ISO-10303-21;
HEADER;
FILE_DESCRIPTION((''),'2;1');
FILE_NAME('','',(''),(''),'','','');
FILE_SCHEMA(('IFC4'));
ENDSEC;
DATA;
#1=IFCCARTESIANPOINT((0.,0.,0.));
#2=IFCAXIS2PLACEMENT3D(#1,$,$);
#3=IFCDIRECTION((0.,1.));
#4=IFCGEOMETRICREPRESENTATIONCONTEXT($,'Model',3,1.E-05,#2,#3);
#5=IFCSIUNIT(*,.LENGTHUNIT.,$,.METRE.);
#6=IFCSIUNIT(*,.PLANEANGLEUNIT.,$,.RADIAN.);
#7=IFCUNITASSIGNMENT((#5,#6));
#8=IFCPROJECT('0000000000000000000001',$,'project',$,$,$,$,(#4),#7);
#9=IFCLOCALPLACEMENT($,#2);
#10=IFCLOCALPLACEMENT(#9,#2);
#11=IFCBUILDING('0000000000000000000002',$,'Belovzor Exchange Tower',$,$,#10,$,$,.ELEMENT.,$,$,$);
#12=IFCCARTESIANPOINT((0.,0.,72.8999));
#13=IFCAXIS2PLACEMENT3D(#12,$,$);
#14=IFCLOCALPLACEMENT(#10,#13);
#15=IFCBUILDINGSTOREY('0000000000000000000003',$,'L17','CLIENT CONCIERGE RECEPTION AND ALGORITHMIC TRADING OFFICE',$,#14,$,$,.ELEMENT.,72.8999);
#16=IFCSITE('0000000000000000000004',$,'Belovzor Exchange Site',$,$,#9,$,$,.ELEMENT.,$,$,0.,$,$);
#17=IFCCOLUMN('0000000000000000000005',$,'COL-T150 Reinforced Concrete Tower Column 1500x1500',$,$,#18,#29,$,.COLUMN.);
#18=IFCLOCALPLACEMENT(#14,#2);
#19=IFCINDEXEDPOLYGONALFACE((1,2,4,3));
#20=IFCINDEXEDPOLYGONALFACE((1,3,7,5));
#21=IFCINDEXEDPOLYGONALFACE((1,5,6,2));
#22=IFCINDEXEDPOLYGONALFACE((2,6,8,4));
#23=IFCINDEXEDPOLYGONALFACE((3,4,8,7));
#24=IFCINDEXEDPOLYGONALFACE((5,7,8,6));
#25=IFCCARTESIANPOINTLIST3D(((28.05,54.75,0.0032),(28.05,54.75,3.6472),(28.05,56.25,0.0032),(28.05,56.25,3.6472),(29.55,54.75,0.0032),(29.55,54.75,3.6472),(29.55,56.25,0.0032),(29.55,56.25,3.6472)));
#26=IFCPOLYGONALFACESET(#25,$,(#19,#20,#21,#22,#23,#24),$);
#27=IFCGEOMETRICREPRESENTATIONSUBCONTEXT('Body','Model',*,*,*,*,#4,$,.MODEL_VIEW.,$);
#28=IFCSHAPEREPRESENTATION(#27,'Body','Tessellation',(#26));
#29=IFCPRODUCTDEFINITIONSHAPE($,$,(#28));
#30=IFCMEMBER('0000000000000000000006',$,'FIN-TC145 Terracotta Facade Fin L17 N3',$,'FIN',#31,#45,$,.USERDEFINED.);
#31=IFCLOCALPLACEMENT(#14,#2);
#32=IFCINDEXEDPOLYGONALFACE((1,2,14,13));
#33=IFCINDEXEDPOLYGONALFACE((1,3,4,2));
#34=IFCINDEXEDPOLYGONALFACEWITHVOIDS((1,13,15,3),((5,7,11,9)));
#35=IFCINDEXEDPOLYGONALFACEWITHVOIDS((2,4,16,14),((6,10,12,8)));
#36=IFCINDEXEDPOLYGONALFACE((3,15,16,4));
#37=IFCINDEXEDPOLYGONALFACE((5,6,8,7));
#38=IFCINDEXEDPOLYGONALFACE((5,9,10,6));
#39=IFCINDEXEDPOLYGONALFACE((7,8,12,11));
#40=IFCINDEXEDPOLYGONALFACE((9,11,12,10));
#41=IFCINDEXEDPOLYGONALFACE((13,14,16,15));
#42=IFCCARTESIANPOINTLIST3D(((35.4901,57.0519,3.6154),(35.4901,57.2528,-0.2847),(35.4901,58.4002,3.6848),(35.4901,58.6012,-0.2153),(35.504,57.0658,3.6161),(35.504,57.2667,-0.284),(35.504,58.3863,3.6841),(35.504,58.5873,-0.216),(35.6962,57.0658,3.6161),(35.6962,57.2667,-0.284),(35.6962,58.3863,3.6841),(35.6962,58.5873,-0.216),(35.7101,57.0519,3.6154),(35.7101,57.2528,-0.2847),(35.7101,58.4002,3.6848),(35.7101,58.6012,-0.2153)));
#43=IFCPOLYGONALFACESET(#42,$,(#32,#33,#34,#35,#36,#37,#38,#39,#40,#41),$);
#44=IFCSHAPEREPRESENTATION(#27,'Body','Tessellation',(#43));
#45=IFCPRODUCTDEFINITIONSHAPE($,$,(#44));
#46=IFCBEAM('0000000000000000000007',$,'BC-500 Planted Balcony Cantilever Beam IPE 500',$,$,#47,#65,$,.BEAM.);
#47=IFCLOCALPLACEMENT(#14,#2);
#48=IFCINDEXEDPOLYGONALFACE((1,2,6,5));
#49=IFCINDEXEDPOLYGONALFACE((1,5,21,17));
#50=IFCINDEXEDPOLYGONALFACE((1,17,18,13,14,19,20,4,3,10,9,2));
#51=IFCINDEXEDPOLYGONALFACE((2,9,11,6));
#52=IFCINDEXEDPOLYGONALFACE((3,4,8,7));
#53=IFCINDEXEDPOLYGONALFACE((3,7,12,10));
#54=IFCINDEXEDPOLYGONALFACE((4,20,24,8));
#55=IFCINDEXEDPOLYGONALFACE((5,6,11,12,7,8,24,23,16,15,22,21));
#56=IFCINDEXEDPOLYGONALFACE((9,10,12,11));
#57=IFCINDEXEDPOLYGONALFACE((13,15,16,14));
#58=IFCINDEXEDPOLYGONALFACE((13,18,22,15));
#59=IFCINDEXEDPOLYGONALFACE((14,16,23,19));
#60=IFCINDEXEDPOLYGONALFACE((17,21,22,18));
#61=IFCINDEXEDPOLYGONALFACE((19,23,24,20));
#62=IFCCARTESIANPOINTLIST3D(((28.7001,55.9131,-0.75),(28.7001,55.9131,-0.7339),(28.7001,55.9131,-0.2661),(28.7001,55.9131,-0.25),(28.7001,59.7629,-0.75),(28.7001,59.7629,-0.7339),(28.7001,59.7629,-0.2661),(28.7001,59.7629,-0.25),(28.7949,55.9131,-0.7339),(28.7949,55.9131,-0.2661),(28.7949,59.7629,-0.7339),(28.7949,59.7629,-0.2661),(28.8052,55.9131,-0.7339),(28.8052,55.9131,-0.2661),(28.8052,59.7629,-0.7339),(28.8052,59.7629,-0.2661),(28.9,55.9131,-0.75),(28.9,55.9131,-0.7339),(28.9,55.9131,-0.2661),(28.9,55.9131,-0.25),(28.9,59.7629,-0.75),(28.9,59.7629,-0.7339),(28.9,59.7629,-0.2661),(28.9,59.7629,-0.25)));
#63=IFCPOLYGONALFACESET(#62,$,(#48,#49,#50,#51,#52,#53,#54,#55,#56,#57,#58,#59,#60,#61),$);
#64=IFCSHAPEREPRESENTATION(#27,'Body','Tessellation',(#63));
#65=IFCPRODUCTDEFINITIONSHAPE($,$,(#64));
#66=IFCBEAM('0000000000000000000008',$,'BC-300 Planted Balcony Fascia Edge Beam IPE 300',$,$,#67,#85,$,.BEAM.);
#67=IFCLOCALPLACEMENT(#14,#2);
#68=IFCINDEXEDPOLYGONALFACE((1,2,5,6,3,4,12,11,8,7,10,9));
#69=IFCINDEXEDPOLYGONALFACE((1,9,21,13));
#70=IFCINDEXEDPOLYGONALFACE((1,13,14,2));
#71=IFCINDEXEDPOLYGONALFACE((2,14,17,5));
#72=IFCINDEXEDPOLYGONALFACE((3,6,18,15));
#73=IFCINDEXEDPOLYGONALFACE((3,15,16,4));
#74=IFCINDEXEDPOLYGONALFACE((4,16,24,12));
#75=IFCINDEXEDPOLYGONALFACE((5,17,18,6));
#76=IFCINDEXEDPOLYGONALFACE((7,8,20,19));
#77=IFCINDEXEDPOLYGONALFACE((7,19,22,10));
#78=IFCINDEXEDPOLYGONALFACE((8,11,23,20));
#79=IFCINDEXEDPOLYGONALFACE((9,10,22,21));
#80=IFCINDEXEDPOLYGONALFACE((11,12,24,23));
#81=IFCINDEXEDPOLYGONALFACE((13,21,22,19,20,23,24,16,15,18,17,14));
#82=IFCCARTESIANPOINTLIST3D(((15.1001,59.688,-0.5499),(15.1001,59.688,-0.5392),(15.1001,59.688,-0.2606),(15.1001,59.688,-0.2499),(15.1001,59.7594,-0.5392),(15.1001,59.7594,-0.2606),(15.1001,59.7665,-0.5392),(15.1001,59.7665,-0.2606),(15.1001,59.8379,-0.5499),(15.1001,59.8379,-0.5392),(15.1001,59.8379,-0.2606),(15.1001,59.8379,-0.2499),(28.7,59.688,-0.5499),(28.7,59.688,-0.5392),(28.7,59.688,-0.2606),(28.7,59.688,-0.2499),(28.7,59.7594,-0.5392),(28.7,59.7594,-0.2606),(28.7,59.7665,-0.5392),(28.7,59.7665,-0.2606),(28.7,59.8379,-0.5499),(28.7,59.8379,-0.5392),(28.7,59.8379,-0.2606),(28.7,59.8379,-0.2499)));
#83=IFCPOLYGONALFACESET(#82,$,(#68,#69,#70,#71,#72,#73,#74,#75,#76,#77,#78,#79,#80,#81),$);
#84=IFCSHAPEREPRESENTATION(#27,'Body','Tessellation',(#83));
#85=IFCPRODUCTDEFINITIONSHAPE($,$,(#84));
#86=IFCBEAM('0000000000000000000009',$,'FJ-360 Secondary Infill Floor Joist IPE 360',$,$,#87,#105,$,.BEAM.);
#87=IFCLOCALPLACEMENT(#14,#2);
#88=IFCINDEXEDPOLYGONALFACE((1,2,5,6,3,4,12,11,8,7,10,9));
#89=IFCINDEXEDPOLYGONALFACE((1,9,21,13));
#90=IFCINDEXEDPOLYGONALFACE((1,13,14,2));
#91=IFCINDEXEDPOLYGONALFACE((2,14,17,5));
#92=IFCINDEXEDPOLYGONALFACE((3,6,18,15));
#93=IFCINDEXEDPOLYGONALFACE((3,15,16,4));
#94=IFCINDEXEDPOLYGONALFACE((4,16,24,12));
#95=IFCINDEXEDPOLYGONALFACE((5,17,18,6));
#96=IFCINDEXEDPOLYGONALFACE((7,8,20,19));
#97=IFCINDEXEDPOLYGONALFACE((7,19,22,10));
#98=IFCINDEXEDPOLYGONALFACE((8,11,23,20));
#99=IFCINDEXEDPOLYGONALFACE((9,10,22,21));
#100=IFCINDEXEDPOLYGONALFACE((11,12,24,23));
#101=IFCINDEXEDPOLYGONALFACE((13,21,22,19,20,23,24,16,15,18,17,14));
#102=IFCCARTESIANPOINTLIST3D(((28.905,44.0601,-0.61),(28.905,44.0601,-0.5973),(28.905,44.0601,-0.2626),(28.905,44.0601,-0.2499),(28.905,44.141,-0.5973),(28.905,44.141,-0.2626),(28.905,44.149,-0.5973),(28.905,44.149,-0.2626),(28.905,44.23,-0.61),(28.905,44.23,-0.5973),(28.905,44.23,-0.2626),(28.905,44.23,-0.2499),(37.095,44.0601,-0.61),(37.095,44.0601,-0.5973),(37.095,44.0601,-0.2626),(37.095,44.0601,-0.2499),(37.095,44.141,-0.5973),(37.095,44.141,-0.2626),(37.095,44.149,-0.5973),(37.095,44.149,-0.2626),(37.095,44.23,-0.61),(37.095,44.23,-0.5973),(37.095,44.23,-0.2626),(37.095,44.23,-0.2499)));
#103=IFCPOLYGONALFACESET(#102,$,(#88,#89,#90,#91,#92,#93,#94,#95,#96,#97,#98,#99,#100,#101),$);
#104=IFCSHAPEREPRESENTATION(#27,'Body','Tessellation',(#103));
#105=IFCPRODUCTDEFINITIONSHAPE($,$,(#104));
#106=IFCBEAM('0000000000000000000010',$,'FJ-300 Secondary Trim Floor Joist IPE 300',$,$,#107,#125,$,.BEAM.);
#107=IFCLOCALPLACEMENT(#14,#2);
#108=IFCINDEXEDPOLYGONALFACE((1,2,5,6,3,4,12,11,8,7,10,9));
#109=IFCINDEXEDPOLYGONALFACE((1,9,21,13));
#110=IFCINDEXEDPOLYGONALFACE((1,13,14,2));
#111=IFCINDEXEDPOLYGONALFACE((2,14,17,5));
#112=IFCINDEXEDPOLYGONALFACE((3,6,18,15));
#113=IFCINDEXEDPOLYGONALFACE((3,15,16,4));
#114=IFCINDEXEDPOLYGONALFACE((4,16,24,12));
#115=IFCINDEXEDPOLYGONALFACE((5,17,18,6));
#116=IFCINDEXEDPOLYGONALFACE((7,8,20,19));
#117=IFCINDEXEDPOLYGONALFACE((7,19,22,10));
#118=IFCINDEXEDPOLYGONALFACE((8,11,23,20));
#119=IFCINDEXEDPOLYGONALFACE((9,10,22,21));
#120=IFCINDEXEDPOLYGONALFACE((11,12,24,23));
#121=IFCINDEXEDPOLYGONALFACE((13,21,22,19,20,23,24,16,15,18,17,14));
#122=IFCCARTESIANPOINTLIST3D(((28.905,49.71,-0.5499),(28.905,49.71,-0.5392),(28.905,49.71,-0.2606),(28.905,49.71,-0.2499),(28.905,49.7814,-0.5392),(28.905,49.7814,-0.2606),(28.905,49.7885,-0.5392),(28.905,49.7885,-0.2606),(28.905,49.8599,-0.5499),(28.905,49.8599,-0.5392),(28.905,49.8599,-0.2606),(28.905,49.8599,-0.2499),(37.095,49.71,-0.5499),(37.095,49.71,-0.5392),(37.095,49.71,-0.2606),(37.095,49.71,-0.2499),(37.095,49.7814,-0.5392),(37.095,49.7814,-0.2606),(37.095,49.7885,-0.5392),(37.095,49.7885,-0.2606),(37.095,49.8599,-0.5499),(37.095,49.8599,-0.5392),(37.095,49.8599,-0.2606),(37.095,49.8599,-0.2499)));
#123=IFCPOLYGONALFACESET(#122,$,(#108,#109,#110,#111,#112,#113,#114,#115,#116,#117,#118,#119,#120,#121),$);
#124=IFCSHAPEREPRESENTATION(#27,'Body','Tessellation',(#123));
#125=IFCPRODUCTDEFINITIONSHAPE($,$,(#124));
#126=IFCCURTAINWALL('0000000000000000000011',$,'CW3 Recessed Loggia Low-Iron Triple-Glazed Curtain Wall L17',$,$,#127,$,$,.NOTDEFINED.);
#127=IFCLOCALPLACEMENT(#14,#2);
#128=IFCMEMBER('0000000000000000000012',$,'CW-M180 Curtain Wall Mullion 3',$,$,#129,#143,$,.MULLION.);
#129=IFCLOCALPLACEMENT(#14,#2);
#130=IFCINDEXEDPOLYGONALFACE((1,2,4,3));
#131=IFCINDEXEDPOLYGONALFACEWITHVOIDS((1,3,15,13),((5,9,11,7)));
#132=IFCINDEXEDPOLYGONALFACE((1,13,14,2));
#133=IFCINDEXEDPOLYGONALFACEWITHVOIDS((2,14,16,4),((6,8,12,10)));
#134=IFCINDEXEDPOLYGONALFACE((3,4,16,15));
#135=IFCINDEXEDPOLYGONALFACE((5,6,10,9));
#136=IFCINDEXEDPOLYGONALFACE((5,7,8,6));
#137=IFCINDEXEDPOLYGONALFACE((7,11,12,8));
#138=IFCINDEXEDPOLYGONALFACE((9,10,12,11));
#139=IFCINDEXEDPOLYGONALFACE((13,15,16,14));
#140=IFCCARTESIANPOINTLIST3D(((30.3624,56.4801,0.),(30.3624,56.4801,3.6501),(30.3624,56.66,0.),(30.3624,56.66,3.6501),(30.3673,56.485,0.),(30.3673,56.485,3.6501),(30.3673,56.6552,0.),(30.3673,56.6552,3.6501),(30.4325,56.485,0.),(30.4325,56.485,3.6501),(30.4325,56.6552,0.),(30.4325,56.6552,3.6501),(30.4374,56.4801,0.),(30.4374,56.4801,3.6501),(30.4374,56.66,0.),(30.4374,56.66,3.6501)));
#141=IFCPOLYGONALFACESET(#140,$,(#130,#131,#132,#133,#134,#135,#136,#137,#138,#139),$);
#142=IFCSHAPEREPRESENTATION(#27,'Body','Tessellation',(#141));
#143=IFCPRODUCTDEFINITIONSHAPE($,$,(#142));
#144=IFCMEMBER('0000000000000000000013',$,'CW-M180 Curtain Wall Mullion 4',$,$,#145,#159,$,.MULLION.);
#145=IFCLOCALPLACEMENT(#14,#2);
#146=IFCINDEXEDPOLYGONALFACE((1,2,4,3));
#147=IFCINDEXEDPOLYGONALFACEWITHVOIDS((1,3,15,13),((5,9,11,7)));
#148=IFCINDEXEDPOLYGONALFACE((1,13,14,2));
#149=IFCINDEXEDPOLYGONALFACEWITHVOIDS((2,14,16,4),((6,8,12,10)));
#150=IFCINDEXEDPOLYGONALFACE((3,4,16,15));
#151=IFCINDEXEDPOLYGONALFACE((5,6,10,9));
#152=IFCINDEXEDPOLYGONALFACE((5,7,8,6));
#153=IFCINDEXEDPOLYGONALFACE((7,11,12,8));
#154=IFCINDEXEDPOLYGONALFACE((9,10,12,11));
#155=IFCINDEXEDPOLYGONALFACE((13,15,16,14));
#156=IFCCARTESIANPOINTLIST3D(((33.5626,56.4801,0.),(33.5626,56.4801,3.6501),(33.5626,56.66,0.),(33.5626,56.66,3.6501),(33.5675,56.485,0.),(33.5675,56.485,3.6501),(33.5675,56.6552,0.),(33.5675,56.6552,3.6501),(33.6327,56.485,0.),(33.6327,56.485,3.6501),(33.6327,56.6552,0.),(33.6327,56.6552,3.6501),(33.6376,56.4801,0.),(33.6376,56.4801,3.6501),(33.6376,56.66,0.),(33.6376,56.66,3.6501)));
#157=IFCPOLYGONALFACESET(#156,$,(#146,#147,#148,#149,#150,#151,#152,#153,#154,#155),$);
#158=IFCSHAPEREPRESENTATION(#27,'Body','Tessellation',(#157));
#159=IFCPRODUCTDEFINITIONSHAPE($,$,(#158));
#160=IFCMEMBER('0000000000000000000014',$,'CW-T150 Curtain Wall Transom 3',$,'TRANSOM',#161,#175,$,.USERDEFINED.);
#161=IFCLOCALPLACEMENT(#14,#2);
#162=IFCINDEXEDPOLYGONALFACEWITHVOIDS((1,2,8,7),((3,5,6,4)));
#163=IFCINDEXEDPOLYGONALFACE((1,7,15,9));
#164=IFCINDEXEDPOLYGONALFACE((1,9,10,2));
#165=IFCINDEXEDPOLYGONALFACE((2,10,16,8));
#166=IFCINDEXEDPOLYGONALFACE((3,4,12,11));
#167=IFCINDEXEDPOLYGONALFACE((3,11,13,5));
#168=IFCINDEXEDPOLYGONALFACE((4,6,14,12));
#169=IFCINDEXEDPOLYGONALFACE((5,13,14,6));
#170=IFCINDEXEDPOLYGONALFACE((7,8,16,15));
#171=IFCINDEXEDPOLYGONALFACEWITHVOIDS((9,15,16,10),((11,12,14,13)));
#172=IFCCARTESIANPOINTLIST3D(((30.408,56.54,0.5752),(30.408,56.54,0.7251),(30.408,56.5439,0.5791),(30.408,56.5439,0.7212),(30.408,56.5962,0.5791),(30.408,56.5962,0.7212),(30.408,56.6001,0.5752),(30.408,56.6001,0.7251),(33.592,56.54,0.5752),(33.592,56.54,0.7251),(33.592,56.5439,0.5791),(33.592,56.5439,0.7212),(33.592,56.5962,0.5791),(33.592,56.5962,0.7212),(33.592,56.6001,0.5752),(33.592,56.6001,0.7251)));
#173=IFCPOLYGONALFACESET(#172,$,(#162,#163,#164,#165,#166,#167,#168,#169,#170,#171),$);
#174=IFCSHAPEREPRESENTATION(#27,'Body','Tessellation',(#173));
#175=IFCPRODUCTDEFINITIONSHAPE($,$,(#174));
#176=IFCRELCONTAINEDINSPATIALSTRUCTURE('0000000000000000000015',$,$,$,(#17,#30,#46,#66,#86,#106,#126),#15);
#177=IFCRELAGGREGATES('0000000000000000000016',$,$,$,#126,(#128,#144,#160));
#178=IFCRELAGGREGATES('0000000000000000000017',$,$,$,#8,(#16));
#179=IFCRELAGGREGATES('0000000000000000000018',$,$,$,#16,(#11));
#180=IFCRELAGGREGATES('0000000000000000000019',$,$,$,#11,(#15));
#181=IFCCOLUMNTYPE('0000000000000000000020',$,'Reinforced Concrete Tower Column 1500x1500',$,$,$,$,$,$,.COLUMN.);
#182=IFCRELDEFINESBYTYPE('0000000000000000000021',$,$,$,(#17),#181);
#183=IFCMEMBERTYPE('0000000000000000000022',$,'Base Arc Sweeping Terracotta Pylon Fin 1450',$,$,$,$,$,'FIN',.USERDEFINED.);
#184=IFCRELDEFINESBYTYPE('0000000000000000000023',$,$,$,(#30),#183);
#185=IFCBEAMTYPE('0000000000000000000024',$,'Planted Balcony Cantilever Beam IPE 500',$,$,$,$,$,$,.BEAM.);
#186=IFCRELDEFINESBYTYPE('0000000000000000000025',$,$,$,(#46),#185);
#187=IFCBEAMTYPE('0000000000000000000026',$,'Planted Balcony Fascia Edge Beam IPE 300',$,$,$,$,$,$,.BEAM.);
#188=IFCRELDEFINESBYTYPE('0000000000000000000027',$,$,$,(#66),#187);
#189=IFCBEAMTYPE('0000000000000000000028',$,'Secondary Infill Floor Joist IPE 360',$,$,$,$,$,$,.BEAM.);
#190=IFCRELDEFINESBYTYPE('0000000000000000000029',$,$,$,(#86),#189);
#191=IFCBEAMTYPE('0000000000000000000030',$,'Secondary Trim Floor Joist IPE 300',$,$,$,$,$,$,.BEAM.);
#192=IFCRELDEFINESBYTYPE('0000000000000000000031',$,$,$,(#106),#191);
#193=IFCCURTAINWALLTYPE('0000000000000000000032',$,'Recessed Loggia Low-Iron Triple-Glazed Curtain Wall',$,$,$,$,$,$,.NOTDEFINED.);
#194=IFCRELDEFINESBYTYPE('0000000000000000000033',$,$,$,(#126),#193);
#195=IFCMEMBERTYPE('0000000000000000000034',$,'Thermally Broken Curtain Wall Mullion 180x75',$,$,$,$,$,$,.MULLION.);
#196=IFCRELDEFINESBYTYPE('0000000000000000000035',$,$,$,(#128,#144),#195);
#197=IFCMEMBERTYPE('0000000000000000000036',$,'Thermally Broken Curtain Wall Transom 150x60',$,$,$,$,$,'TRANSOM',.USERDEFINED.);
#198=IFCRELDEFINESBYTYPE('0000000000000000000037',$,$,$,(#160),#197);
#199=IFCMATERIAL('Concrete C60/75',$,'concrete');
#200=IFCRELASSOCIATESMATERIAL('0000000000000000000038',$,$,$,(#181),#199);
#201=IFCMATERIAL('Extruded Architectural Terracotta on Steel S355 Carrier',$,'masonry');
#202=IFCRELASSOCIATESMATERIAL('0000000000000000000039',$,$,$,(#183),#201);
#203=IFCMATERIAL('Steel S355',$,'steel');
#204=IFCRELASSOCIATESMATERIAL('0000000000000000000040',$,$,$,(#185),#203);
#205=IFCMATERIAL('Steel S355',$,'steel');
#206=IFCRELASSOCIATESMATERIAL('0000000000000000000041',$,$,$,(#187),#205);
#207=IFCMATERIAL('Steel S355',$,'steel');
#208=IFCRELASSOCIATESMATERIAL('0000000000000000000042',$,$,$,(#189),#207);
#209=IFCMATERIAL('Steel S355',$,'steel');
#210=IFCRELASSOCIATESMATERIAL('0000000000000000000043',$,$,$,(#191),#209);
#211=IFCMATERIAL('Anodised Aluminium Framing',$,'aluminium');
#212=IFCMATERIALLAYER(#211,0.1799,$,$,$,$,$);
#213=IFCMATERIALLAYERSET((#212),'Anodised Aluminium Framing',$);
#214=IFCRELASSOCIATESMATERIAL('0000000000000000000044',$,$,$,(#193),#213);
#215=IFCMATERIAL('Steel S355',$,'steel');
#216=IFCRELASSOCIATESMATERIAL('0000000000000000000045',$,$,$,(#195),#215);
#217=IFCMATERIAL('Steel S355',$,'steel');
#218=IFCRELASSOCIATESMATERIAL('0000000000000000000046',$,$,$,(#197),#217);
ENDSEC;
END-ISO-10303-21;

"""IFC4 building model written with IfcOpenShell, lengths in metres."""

from ifc_helpers import new_model, si_unit, direction, frame, origin, origin_2d, place, context, subcontext, project, spatial, rectangle, hollow_rectangle, i_section, extrude, material, layer, layer_set, material_profile, profile_set, type_object, element, aggregate, save


model = new_model("IFC4")

# Units and contexts
model_context = context("Model", 3, precision=1e-05, world=origin(), true_north=direction((0.0, 1.0)))
body_context = subcontext(model_context, "Body", "Model", "MODEL_VIEW")
ifc_project = project(units=[si_unit("LENGTHUNIT", "METRE"), si_unit("PLANEANGLEUNIT", "RADIAN")], contexts=[model_context])

# Site, building, storey
site_placement = place(None, origin())
site = spatial("IfcSite", under=ifc_project, at=site_placement, Name="Belovzor Exchange Site", CompositionType="ELEMENT", RefElevation=0.0)
building_placement = place(site_placement, origin())
building = spatial("IfcBuilding", under=site, at=building_placement, Name="Belovzor Exchange Tower", CompositionType="ELEMENT")
storey_placement = place(building_placement, frame((0.0, 0.0, 72.8999)))
storey = spatial("IfcBuildingStorey", under=building, at=storey_placement, Name="L17", Description="CLIENT CONCIERGE RECEPTION AND ALGORITHMIC TRADING OFFICE", CompositionType="ELEMENT", Elevation=72.8999)

# Column
ifc_material_1 = material(Name="Concrete C60/75", Category="concrete")
ifc_material_profile_1 = material_profile(ifc_material_1, rectangle(XDim=1.5, YDim=1.5, at=origin_2d()))
ifc_profile_set_1 = profile_set([ifc_material_profile_1], Name="Concrete C60/75")
column_type = type_object("IfcColumnType", Name="Reinforced Concrete Tower Column 1500x1500", PredefinedType="COLUMN", material=ifc_profile_set_1)
column_placement = place(storey_placement, frame((28.8, 55.5, 0.0032), z_axis=(0.0, 0.0, 1.0), x_axis=(1.0, 0.0, 0.0)))
element("IfcColumn", 1, at=column_placement, inside=storey, type_object=column_type, Name="COL-T150 Reinforced Concrete Tower Column 1500x1500", PredefinedType="COLUMN", context=body_context, shape_type="SweptSolid", body=[
    extrude(rectangle(XDim=1.5, YDim=1.5, at=origin_2d()), origin(), (0.0, 0.0, 1.0), 3.644),
])

# Member
ifc_material_2 = material(Name="Extruded Architectural Terracotta on Steel S355 Carrier", Category="masonry")
ifc_material_profile_2 = material_profile(ifc_material_2, hollow_rectangle(XDim=0.22, YDim=1.3501, WallThickness=0.0139, at=origin_2d()))
ifc_profile_set_2 = profile_set([ifc_material_profile_2], Name="Extruded Architectural Terracotta on Steel S355 Carrier")
member_type_1 = type_object("IfcMemberType", Name="Base Arc Sweeping Terracotta Pylon Fin 1450", ElementType="FIN", PredefinedType="USERDEFINED", material=ifc_profile_set_2)
member_1_placement = place(storey_placement, frame((35.6001, 57.927, -0.25), z_axis=(0.0, -0.05145, 0.998676), x_axis=(1.0, 0.0, 0.0)))
element("IfcMember", 2, at=member_1_placement, inside=storey, type_object=member_type_1, Name="FIN-TC145 Terracotta Facade Fin L17 N3", ObjectType="FIN", PredefinedType="USERDEFINED", context=body_context, shape_type="SweptSolid", body=[
    extrude(hollow_rectangle(XDim=0.22, YDim=1.3501, WallThickness=0.0139, at=origin_2d()), origin(), (0.0, 0.0, 1.0), 3.9053),
])

# Beams
ifc_material_3 = material(Name="Steel S355", Category="steel")
ifc_material_profile_3 = material_profile(ifc_material_3, i_section(OverallWidth=0.2, OverallDepth=0.5, WebThickness=0.0103, FlangeThickness=0.0161, at=origin_2d()))
ifc_profile_set_3 = profile_set([ifc_material_profile_3], Name="Steel S355")
beam_type_1 = type_object("IfcBeamType", Name="Planted Balcony Cantilever Beam IPE 500", PredefinedType="BEAM", material=ifc_profile_set_3)
beam_1_placement = place(storey_placement, frame((28.8, 55.9131, -0.5), z_axis=(0.0, 1.0, 0.0), x_axis=(-1.0, 0.0, 0.0)))
element("IfcBeam", 3, at=beam_1_placement, inside=storey, type_object=beam_type_1, Name="BC-500 Planted Balcony Cantilever Beam IPE 500", PredefinedType="BEAM", context=body_context, shape_type="SweptSolid", body=[
    extrude(i_section(OverallWidth=0.2, OverallDepth=0.5, WebThickness=0.0103, FlangeThickness=0.0161, at=origin_2d()), origin(), (0.0, 0.0, 1.0), 3.8499),
])
ifc_material_4 = material(Name="Steel S355", Category="steel")
ifc_material_profile_4 = material_profile(ifc_material_4, i_section(OverallWidth=0.1499, OverallDepth=0.3, WebThickness=0.0071, FlangeThickness=0.0107, at=origin_2d()))
ifc_profile_set_4 = profile_set([ifc_material_profile_4], Name="Steel S355")
beam_type_2 = type_object("IfcBeamType", Name="Planted Balcony Fascia Edge Beam IPE 300", PredefinedType="BEAM", material=ifc_profile_set_4)
beam_2_placement = place(storey_placement, frame((28.7, 59.7629, -0.3999), z_axis=(-1.0, 0.0, 0.0), x_axis=(0.0, -1.0, 0.0)))
element("IfcBeam", 4, at=beam_2_placement, inside=storey, type_object=beam_type_2, Name="BC-300 Planted Balcony Fascia Edge Beam IPE 300", PredefinedType="BEAM", context=body_context, shape_type="SweptSolid", body=[
    extrude(i_section(OverallWidth=0.1499, OverallDepth=0.3, WebThickness=0.0071, FlangeThickness=0.0107, at=origin_2d()), origin(), (0.0, 0.0, 1.0), 13.5999),
])
ifc_material_5 = material(Name="Steel S355", Category="steel")
ifc_material_profile_5 = material_profile(ifc_material_5, i_section(OverallWidth=0.1699, OverallDepth=0.3601, WebThickness=0.0081, FlangeThickness=0.0127, at=origin_2d()))
ifc_profile_set_5 = profile_set([ifc_material_profile_5], Name="Steel S355")
beam_type_3 = type_object("IfcBeamType", Name="Secondary Infill Floor Joist IPE 360", PredefinedType="BEAM", material=ifc_profile_set_5)
beam_3_placement = place(storey_placement, frame((28.905, 44.145, -0.4299), z_axis=(1.0, 0.0, 0.0), x_axis=(0.0, 1.0, 0.0)))
element("IfcBeam", 5, at=beam_3_placement, inside=storey, type_object=beam_type_3, Name="FJ-360 Secondary Infill Floor Joist IPE 360", PredefinedType="BEAM", context=body_context, shape_type="SweptSolid", body=[
    extrude(i_section(OverallWidth=0.1699, OverallDepth=0.3601, WebThickness=0.0081, FlangeThickness=0.0127, at=origin_2d()), origin(), (0.0, 0.0, 1.0), 8.1899),
])
ifc_material_6 = material(Name="Steel S355", Category="steel")
ifc_material_profile_6 = material_profile(ifc_material_6, i_section(OverallWidth=0.1499, OverallDepth=0.3, WebThickness=0.0071, FlangeThickness=0.0107, at=origin_2d()))
ifc_profile_set_6 = profile_set([ifc_material_profile_6], Name="Steel S355")
beam_type_4 = type_object("IfcBeamType", Name="Secondary Trim Floor Joist IPE 300", PredefinedType="BEAM", material=ifc_profile_set_6)
beam_4_placement = place(storey_placement, frame((28.905, 49.7849, -0.3999), z_axis=(1.0, 0.0, 0.0), x_axis=(0.0, 1.0, 0.0)))
element("IfcBeam", 6, at=beam_4_placement, inside=storey, type_object=beam_type_4, Name="FJ-300 Secondary Trim Floor Joist IPE 300", PredefinedType="BEAM", context=body_context, shape_type="SweptSolid", body=[
    extrude(i_section(OverallWidth=0.1499, OverallDepth=0.3, WebThickness=0.0071, FlangeThickness=0.0107, at=origin_2d()), origin(), (0.0, 0.0, 1.0), 8.1899),
])

# Curtain wall, members
ifc_material_7 = material(Name="Anodised Aluminium Framing", Category="aluminium")
ifc_layer_1 = layer(ifc_material_7, 0.1799)
ifc_layer_set_1 = layer_set([ifc_layer_1], Name="Anodised Aluminium Framing")
curtain_wall_type = type_object("IfcCurtainWallType", Name="Recessed Loggia Low-Iron Triple-Glazed Curtain Wall", PredefinedType="NOTDEFINED", material=ifc_layer_set_1)
curtain_wall_placement = place(storey_placement, origin())
curtain_wall = element("IfcCurtainWall", 7, at=curtain_wall_placement, inside=storey, type_object=curtain_wall_type, Name="CW3 Recessed Loggia Low-Iron Triple-Glazed Curtain Wall L17", PredefinedType="NOTDEFINED")
ifc_material_8 = material(Name="Steel S355", Category="steel")
ifc_material_profile_7 = material_profile(ifc_material_8, hollow_rectangle(XDim=0.075, YDim=0.1799, WallThickness=0.0049, at=origin_2d()))
ifc_profile_set_7 = profile_set([ifc_material_profile_7], Name="Steel S355")
member_type_2 = type_object("IfcMemberType", Name="Thermally Broken Curtain Wall Mullion 180x75", PredefinedType="MULLION", material=ifc_profile_set_7)
member_2_placement = place(storey_placement, frame((30.3999, 56.5701, 0.0), z_axis=(0.0, 0.0, 1.0), x_axis=(1.0, 0.0, 0.0)))
member_2 = element("IfcMember", 8, at=member_2_placement, type_object=member_type_2, Name="CW-M180 Curtain Wall Mullion 3", PredefinedType="MULLION", context=body_context, shape_type="SweptSolid", body=[
    extrude(hollow_rectangle(XDim=0.075, YDim=0.1799, WallThickness=0.0049, at=origin_2d()), origin(), (0.0, 0.0, 1.0), 3.6501),
])
member_3_placement = place(storey_placement, frame((33.6001, 56.5701, 0.0), z_axis=(0.0, 0.0, 1.0), x_axis=(1.0, 0.0, 0.0)))
member_3 = element("IfcMember", 9, at=member_3_placement, type_object=member_type_2, Name="CW-M180 Curtain Wall Mullion 4", PredefinedType="MULLION", context=body_context, shape_type="SweptSolid", body=[
    extrude(hollow_rectangle(XDim=0.075, YDim=0.1799, WallThickness=0.0049, at=origin_2d()), origin(), (0.0, 0.0, 1.0), 3.6501),
])
ifc_material_9 = material(Name="Steel S355", Category="steel")
ifc_material_profile_8 = material_profile(ifc_material_9, hollow_rectangle(XDim=0.0601, YDim=0.1499, WallThickness=0.0039, at=origin_2d()))
ifc_profile_set_8 = profile_set([ifc_material_profile_8], Name="Steel S355")
member_type_3 = type_object("IfcMemberType", Name="Thermally Broken Curtain Wall Transom 150x60", ElementType="TRANSOM", PredefinedType="USERDEFINED", material=ifc_profile_set_8)
member_4_placement = place(storey_placement, frame((30.408, 56.5701, 0.6501), z_axis=(1.0, 0.0, 0.0), x_axis=(0.0, 1.0, 0.0)))
member_4 = element("IfcMember", 10, at=member_4_placement, type_object=member_type_3, Name="CW-T150 Curtain Wall Transom 3", ObjectType="TRANSOM", PredefinedType="USERDEFINED", context=body_context, shape_type="SweptSolid", body=[
    extrude(hollow_rectangle(XDim=0.0601, YDim=0.1499, WallThickness=0.0039, at=origin_2d()), origin(), (0.0, 0.0, 1.0), 3.1841),
])

aggregate(curtain_wall, [member_2, member_3, member_4])

save(model, "model.ifc")
